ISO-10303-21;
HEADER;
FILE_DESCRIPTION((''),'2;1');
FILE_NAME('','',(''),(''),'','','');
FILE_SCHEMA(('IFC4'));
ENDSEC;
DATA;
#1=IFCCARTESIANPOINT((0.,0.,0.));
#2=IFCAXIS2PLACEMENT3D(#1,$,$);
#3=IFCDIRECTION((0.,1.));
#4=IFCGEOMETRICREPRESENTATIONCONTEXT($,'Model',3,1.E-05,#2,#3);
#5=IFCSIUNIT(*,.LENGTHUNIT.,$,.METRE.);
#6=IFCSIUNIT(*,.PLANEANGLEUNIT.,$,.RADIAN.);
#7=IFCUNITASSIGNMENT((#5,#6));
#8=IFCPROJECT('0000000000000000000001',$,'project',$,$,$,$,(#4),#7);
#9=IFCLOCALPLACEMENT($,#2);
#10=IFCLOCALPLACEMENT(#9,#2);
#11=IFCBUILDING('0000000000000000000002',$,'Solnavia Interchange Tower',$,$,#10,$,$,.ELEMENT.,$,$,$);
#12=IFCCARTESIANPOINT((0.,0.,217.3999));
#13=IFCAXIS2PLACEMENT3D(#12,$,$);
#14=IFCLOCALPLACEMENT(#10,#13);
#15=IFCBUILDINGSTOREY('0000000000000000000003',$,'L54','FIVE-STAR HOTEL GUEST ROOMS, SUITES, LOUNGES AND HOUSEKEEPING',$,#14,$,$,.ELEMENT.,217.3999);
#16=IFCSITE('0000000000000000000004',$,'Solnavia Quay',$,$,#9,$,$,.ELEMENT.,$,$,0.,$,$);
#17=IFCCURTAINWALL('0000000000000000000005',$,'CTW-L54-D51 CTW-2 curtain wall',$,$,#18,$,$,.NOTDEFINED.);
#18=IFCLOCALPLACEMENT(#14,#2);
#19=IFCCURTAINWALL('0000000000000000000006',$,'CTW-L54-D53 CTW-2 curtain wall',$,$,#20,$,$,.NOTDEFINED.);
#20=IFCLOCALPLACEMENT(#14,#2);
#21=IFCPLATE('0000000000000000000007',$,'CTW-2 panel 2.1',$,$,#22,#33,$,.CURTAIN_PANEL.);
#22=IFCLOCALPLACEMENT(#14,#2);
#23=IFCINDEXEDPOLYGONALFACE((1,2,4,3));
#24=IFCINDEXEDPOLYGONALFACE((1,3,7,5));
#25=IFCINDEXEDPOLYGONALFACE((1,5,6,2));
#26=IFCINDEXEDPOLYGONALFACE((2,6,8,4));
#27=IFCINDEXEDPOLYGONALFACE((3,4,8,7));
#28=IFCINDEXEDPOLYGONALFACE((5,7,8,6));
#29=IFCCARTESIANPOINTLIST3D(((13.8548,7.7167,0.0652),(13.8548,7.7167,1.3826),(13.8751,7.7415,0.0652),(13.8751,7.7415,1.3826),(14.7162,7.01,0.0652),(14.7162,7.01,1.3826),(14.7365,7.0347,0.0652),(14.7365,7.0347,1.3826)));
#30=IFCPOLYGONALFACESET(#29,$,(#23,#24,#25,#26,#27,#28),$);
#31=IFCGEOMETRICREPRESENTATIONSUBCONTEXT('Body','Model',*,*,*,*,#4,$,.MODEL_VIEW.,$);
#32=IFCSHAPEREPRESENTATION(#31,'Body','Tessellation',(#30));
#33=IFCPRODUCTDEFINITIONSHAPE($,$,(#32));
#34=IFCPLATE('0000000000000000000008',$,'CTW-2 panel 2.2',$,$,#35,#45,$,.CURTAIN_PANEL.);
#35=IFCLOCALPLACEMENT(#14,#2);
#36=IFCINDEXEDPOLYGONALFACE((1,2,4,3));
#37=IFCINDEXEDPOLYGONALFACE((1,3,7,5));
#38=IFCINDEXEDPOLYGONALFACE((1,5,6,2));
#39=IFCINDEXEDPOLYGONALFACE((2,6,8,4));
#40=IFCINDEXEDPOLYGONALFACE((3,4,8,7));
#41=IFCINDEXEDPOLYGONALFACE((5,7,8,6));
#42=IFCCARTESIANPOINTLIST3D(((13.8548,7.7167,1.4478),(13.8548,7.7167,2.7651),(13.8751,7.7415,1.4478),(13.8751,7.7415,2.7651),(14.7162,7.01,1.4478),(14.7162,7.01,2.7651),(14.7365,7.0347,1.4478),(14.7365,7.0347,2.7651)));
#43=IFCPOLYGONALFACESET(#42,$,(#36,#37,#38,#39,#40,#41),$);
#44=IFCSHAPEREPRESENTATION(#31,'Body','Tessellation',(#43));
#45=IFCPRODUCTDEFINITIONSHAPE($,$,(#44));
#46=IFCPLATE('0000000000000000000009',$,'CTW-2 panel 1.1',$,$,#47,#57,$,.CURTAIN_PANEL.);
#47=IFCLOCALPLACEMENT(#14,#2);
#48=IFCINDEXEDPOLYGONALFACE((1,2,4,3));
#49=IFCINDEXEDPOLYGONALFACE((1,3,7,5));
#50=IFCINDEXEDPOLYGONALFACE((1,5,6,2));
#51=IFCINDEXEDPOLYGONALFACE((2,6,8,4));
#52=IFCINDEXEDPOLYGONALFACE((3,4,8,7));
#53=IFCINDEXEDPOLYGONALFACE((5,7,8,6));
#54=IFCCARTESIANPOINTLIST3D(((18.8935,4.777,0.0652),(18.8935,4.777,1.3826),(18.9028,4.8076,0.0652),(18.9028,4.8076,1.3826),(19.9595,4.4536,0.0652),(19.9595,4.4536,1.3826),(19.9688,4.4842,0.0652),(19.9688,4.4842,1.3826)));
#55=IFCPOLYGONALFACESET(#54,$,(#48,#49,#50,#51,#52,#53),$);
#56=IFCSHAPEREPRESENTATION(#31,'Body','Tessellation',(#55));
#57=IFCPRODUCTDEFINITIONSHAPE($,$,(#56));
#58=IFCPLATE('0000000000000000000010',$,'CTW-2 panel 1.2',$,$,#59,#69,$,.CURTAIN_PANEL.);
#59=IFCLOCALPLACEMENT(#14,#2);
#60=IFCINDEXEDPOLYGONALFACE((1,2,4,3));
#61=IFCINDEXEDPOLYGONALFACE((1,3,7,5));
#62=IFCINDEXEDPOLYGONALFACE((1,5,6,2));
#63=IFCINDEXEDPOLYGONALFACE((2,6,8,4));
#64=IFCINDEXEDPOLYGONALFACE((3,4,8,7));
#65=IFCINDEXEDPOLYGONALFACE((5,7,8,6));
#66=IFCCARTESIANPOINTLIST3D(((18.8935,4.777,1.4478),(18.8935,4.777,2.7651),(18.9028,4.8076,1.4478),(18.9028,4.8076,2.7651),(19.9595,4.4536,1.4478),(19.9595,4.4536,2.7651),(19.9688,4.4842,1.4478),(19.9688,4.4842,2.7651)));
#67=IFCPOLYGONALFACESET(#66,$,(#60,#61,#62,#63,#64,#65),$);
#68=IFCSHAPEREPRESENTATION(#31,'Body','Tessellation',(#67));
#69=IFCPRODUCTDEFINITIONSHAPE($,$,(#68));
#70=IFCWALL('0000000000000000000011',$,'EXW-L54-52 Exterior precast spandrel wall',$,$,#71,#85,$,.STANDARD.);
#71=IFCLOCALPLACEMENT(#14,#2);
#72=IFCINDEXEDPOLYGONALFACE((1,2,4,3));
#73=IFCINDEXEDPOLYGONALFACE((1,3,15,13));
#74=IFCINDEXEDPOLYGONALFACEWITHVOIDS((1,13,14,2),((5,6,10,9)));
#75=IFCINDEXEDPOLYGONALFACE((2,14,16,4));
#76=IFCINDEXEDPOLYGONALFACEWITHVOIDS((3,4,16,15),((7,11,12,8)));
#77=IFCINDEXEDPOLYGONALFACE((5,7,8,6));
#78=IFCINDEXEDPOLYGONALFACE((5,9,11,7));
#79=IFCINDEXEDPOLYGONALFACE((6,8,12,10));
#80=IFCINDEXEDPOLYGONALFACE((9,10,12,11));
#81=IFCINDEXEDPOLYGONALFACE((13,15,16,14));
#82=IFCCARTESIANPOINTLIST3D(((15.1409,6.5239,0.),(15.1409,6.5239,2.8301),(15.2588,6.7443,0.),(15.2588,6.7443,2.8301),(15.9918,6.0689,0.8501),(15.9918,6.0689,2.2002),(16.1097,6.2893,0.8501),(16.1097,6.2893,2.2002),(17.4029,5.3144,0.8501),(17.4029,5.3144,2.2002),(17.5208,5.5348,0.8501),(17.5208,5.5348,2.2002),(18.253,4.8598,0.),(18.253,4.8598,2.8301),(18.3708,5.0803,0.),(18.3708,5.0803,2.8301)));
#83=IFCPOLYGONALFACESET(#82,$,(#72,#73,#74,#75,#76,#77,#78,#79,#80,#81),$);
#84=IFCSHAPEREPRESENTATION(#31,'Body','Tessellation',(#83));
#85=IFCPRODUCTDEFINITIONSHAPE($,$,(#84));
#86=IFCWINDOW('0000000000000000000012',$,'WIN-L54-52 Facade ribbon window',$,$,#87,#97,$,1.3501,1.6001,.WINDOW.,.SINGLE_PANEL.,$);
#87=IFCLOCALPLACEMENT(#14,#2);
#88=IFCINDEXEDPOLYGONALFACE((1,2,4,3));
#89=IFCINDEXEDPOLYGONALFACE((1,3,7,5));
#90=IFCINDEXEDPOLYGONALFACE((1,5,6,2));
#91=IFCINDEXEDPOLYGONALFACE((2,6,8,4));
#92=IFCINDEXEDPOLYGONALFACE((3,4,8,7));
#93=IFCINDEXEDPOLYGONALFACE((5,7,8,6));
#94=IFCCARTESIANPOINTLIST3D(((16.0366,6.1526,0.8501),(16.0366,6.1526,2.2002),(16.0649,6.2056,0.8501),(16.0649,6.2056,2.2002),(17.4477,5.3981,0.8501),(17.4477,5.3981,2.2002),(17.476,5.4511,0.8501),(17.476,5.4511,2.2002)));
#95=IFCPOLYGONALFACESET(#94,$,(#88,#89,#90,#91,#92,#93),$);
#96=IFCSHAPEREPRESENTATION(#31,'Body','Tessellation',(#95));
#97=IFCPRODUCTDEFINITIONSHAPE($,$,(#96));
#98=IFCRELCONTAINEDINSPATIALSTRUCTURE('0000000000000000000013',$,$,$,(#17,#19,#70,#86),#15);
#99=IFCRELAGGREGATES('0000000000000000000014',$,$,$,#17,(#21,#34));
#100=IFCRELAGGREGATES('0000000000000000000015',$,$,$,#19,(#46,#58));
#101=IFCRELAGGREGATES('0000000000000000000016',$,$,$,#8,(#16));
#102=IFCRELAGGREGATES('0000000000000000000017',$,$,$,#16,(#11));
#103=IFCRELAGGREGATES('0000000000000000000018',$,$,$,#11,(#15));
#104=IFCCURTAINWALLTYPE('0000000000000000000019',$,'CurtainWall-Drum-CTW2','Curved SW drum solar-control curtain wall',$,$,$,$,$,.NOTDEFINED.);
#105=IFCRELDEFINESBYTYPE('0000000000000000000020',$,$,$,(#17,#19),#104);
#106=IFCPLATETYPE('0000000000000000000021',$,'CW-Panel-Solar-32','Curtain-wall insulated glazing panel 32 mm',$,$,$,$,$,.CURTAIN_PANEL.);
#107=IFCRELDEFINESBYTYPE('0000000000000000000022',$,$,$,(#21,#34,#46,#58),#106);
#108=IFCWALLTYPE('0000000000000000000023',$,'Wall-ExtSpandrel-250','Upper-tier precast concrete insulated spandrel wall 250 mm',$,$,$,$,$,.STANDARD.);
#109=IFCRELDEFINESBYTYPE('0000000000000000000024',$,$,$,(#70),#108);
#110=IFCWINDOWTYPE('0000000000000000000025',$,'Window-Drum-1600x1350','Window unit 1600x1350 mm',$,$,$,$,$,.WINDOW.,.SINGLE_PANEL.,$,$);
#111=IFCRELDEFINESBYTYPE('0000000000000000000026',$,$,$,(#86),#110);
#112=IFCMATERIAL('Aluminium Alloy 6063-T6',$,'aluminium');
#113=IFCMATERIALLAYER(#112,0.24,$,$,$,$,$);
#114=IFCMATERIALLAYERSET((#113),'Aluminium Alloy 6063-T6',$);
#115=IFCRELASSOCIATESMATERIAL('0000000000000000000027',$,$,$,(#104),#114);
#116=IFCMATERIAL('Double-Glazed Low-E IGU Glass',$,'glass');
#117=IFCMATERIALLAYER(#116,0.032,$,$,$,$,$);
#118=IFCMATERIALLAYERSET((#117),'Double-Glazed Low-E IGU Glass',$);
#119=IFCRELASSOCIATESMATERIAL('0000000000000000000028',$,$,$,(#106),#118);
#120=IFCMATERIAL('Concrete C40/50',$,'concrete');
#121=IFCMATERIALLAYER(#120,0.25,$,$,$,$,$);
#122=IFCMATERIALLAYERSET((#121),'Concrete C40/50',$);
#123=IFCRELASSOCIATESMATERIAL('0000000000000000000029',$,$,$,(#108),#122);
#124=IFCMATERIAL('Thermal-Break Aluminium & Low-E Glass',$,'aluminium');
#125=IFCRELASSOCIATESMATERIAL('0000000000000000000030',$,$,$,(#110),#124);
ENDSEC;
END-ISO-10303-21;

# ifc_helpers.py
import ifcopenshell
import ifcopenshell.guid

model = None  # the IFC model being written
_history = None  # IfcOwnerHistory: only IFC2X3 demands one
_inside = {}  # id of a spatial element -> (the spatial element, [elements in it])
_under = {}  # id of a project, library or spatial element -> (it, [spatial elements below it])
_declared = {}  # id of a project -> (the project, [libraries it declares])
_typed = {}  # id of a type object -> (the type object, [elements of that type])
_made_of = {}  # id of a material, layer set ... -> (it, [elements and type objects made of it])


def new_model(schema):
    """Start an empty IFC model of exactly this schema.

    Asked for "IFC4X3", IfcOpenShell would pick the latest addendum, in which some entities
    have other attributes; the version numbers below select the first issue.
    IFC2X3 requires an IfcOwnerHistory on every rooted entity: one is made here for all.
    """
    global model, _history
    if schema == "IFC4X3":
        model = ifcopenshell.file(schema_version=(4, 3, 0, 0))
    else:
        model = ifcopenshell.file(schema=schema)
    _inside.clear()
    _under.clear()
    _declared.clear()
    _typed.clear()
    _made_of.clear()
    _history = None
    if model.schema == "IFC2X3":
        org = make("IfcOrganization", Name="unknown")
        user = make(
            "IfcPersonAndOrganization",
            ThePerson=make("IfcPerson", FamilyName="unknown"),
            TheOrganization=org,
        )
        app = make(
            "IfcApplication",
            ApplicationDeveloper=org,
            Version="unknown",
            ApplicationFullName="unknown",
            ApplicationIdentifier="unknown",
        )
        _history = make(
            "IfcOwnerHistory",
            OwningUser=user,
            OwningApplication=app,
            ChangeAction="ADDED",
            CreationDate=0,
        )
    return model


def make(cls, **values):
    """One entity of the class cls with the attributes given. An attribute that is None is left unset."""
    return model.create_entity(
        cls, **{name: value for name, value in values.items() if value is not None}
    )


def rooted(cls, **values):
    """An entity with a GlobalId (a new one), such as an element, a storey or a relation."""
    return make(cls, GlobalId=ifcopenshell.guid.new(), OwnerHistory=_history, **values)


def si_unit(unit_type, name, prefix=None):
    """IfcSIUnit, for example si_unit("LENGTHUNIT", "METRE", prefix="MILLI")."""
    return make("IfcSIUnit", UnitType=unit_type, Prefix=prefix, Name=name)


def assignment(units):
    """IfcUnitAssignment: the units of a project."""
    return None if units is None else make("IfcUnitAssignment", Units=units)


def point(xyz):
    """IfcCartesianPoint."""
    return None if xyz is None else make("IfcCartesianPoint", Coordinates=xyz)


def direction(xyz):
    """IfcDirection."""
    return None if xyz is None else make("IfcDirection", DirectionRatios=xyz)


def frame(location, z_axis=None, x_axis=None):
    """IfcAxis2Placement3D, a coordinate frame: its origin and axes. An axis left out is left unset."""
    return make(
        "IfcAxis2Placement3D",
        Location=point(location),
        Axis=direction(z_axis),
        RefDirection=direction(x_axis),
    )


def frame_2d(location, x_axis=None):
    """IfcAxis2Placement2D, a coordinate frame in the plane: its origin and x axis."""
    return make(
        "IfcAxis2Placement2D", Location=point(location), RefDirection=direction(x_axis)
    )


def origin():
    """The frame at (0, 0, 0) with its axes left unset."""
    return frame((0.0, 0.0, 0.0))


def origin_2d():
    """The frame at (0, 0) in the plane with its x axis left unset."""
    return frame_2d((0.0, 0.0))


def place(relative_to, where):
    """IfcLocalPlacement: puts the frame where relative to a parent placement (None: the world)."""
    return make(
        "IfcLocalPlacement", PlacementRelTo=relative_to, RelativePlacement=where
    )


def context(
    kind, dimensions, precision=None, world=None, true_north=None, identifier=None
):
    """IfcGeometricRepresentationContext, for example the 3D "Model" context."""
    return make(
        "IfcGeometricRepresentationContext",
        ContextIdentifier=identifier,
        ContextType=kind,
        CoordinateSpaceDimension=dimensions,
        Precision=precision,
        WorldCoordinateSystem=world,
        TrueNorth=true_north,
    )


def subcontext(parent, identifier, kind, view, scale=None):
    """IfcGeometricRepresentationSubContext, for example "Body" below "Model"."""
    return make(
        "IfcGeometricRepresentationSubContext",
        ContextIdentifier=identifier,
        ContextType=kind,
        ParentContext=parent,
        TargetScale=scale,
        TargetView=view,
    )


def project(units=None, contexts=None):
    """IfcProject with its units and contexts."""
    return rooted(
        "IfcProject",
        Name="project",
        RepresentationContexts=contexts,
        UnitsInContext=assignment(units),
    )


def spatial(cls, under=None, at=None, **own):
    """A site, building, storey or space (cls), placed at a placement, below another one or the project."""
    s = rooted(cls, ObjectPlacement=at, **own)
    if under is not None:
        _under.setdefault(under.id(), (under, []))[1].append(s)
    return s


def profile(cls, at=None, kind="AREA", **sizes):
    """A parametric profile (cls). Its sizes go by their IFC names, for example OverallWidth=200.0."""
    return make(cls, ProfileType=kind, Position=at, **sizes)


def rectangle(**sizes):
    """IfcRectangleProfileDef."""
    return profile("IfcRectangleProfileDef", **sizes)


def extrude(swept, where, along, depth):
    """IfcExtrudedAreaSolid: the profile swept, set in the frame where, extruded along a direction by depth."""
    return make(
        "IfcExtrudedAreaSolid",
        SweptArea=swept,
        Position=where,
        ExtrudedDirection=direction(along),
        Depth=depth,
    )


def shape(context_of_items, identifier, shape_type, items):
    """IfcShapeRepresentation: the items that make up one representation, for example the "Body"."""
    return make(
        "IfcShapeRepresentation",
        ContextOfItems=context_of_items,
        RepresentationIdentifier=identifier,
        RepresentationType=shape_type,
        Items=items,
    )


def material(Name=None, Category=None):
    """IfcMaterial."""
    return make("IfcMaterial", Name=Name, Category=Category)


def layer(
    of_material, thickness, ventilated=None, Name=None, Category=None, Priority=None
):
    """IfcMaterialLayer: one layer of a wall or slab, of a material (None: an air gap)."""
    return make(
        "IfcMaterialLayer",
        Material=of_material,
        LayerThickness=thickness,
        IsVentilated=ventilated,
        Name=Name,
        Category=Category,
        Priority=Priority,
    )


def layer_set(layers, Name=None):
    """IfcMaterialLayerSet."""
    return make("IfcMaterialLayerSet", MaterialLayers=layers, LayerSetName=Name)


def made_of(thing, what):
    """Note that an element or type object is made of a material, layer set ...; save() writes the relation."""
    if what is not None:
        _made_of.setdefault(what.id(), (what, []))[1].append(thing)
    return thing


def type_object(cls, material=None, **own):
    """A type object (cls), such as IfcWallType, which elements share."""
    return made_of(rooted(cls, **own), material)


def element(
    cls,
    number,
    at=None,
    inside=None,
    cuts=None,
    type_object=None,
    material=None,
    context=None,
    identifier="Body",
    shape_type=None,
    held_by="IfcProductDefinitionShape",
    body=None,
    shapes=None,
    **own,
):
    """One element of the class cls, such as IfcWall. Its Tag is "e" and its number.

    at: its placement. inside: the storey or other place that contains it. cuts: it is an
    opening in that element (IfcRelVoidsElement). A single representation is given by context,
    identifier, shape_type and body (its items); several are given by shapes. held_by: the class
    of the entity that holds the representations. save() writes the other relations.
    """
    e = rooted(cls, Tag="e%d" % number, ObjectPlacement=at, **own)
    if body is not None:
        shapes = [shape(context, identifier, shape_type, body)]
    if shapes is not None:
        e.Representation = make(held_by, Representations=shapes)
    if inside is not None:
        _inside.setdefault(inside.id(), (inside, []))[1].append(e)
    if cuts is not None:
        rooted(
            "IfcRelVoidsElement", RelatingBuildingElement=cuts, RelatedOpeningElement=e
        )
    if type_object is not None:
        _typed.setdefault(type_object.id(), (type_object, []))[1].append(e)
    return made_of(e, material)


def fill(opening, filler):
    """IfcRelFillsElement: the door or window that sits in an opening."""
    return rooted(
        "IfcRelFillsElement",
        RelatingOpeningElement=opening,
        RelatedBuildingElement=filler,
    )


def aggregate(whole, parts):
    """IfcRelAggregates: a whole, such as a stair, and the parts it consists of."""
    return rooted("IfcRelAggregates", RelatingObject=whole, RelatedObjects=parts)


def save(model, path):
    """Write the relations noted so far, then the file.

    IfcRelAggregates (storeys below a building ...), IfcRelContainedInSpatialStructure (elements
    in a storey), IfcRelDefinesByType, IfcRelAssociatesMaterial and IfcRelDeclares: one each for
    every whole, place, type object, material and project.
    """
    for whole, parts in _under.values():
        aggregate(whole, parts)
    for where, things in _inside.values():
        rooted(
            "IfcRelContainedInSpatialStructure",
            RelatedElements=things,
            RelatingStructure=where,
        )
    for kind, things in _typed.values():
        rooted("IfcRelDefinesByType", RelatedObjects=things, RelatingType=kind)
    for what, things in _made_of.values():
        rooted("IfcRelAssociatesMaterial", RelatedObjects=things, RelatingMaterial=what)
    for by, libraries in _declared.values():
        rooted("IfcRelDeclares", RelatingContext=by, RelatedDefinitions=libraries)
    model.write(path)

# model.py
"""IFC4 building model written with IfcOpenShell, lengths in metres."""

from ifc_helpers import new_model, si_unit, direction, frame, frame_2d, origin, origin_2d, place, context, subcontext, project, spatial, rectangle, extrude, material, layer, layer_set, type_object, element, fill, aggregate, save


model = new_model("IFC4")

# Units and contexts
model_context = context("Model", 3, precision=1e-05, world=origin(), true_north=direction((0.0, 1.0)))
body_context = subcontext(model_context, "Body", "Model", "MODEL_VIEW")
ifc_project = project(units=[si_unit("LENGTHUNIT", "METRE"), si_unit("PLANEANGLEUNIT", "RADIAN")], contexts=[model_context])

# Site, building, storey
site_placement = place(None, origin())
site = spatial("IfcSite", under=ifc_project, at=site_placement, Name="Solnavia Quay", CompositionType="ELEMENT", RefElevation=0.0)
building_placement = place(site_placement, origin())
building = spatial("IfcBuilding", under=site, at=building_placement, Name="Solnavia Interchange Tower", CompositionType="ELEMENT")
storey_placement = place(building_placement, frame((0.0, 0.0, 217.3999)))
storey = spatial("IfcBuildingStorey", under=building, at=storey_placement, Name="L54", Description="FIVE-STAR HOTEL GUEST ROOMS, SUITES, LOUNGES AND HOUSEKEEPING", CompositionType="ELEMENT", Elevation=217.3999)

# Curtain wall
ifc_material_1 = material(Name="Aluminium Alloy 6063-T6", Category="aluminium")
ifc_layer_1 = layer(ifc_material_1, 0.24)
ifc_layer_set_1 = layer_set([ifc_layer_1], Name="Aluminium Alloy 6063-T6")
curtain_wall_type = type_object("IfcCurtainWallType", Name="CurtainWall-Drum-CTW2", Description="Curved SW drum solar-control curtain wall", PredefinedType="NOTDEFINED", material=ifc_layer_set_1)
curtain_wall_1_placement = place(storey_placement, origin())
curtain_wall_1 = element("IfcCurtainWall", 1, at=curtain_wall_1_placement, inside=storey, type_object=curtain_wall_type, Name="CTW-L54-D51 CTW-2 curtain wall", PredefinedType="NOTDEFINED")

# Curtain wall
curtain_wall_2_placement = place(storey_placement, origin())
curtain_wall_2 = element("IfcCurtainWall", 2, at=curtain_wall_2_placement, inside=storey, type_object=curtain_wall_type, Name="CTW-L54-D53 CTW-2 curtain wall", PredefinedType="NOTDEFINED")

# Plates
ifc_material_2 = material(Name="Double-Glazed Low-E IGU Glass", Category="glass")
ifc_layer_2 = layer(ifc_material_2, 0.032)
ifc_layer_set_2 = layer_set([ifc_layer_2], Name="Double-Glazed Low-E IGU Glass")
plate_type = type_object("IfcPlateType", Name="CW-Panel-Solar-32", Description="Curtain-wall insulated glazing panel 32 mm", PredefinedType="CURTAIN_PANEL", material=ifc_layer_set_2)
plate_1_placement = place(storey_placement, frame((14.2957, 7.3757, 0.0652), z_axis=(0.0, 0.0, 1.0), x_axis=(0.773103, -0.63428, 0.0)))
plate_1 = element("IfcPlate", 3, at=plate_1_placement, type_object=plate_type, Name="CTW-2 panel 2.1", PredefinedType="CURTAIN_PANEL", context=body_context, shape_type="SweptSolid", body=[
    extrude(rectangle(XDim=1.1143, YDim=0.032, at=origin_2d()), origin(), (0.0, 0.0, 1.0), 1.3174),
])
plate_2_placement = place(storey_placement, frame((14.2957, 7.3757, 1.4478), z_axis=(0.0, 0.0, 1.0), x_axis=(0.773103, -0.63428, 0.0)))
plate_2 = element("IfcPlate", 4, at=plate_2_placement, type_object=plate_type, Name="CTW-2 panel 2.2", PredefinedType="CURTAIN_PANEL", context=body_context, shape_type="SweptSolid", body=[
    extrude(rectangle(XDim=1.1143, YDim=0.032, at=origin_2d()), origin(), (0.0, 0.0, 1.0), 1.3174),
])
aggregate(curtain_wall_1, [plate_1, plate_2])
plate_3_placement = place(storey_placement, frame((19.4312, 4.6306, 0.0652), z_axis=(0.0, 0.0, 1.0), x_axis=(0.956942, -0.290279, 0.0)))
plate_3 = element("IfcPlate", 5, at=plate_3_placement, type_object=plate_type, Name="CTW-2 panel 1.1", PredefinedType="CURTAIN_PANEL", context=body_context, shape_type="SweptSolid", body=[
    extrude(rectangle(XDim=1.114, YDim=0.032, at=origin_2d()), origin(), (0.0, 0.0, 1.0), 1.3174),
])
plate_4_placement = place(storey_placement, frame((19.4312, 4.6306, 1.4478), z_axis=(0.0, 0.0, 1.0), x_axis=(0.956942, -0.290279, 0.0)))
plate_4 = element("IfcPlate", 6, at=plate_4_placement, type_object=plate_type, Name="CTW-2 panel 1.2", PredefinedType="CURTAIN_PANEL", context=body_context, shape_type="SweptSolid", body=[
    extrude(rectangle(XDim=1.114, YDim=0.032, at=origin_2d()), origin(), (0.0, 0.0, 1.0), 1.3174),
])
aggregate(curtain_wall_2, [plate_3, plate_4])

# Wall, opening, window
ifc_material_3 = material(Name="Concrete C40/50", Category="concrete")
ifc_layer_3 = layer(ifc_material_3, 0.25)
ifc_layer_set_3 = layer_set([ifc_layer_3], Name="Concrete C40/50")
wall_type = type_object("IfcWallType", Name="Wall-ExtSpandrel-250", Description="Upper-tier precast concrete insulated spandrel wall 250 mm", PredefinedType="STANDARD", material=ifc_layer_set_3)
wall_placement = place(storey_placement, frame((18.312, 4.97, 0.0), z_axis=(0.0, 0.0, 1.0), x_axis=(-0.881847, 0.471536, 0.0)))
wall = element("IfcWall", 7, at=wall_placement, inside=storey, type_object=wall_type, Name="EXW-L54-52 Exterior precast spandrel wall", PredefinedType="STANDARD", context=body_context, shape_type="SweptSolid", body=[
    extrude(rectangle(XDim=3.5291, YDim=0.25, at=frame_2d((1.7646, 0.0))), origin(), (0.0, 0.0, 1.0), 2.8301),
])
opening_placement = place(wall_placement, frame((0.9641, 0.0, 0.8501)))
opening = element("IfcOpeningElement", 8, at=opening_placement, cuts=wall, PredefinedType="OPENING", context=body_context, shape_type="SweptSolid", body=[
    extrude(rectangle(XDim=1.6001, YDim=1.3501, at=frame_2d((0.8, 0.675))), frame((0.0, 0.135, 0.0), z_axis=(0.0, -1.0, 0.0), x_axis=(1.0, 0.0, 0.0)), (0.0, 0.0, 1.0), 0.27),
])
ifc_material_4 = material(Name="Thermal-Break Aluminium & Low-E Glass", Category="aluminium")
window_type = type_object("IfcWindowType", Name="Window-Drum-1600x1350", Description="Window unit 1600x1350 mm", PartitioningType="SINGLE_PANEL", PredefinedType="WINDOW", material=ifc_material_4)
window_placement = place(opening_placement, origin())
window = element("IfcWindow", 9, at=window_placement, inside=storey, type_object=window_type, Name="WIN-L54-52 Facade ribbon window", OverallHeight=1.3501, OverallWidth=1.6001, PartitioningType="SINGLE_PANEL", PredefinedType="WINDOW", context=body_context, shape_type="SweptSolid", body=[
    extrude(rectangle(XDim=1.6001, YDim=1.3501, at=frame_2d((0.8, 0.675))), frame((0.0, 0.03, 0.0), z_axis=(0.0, -1.0, 0.0), x_axis=(1.0, 0.0, 0.0)), (0.0, 0.0, 1.0), 0.0601),
])
fill(opening, window)

save(model, "model.ifc")
